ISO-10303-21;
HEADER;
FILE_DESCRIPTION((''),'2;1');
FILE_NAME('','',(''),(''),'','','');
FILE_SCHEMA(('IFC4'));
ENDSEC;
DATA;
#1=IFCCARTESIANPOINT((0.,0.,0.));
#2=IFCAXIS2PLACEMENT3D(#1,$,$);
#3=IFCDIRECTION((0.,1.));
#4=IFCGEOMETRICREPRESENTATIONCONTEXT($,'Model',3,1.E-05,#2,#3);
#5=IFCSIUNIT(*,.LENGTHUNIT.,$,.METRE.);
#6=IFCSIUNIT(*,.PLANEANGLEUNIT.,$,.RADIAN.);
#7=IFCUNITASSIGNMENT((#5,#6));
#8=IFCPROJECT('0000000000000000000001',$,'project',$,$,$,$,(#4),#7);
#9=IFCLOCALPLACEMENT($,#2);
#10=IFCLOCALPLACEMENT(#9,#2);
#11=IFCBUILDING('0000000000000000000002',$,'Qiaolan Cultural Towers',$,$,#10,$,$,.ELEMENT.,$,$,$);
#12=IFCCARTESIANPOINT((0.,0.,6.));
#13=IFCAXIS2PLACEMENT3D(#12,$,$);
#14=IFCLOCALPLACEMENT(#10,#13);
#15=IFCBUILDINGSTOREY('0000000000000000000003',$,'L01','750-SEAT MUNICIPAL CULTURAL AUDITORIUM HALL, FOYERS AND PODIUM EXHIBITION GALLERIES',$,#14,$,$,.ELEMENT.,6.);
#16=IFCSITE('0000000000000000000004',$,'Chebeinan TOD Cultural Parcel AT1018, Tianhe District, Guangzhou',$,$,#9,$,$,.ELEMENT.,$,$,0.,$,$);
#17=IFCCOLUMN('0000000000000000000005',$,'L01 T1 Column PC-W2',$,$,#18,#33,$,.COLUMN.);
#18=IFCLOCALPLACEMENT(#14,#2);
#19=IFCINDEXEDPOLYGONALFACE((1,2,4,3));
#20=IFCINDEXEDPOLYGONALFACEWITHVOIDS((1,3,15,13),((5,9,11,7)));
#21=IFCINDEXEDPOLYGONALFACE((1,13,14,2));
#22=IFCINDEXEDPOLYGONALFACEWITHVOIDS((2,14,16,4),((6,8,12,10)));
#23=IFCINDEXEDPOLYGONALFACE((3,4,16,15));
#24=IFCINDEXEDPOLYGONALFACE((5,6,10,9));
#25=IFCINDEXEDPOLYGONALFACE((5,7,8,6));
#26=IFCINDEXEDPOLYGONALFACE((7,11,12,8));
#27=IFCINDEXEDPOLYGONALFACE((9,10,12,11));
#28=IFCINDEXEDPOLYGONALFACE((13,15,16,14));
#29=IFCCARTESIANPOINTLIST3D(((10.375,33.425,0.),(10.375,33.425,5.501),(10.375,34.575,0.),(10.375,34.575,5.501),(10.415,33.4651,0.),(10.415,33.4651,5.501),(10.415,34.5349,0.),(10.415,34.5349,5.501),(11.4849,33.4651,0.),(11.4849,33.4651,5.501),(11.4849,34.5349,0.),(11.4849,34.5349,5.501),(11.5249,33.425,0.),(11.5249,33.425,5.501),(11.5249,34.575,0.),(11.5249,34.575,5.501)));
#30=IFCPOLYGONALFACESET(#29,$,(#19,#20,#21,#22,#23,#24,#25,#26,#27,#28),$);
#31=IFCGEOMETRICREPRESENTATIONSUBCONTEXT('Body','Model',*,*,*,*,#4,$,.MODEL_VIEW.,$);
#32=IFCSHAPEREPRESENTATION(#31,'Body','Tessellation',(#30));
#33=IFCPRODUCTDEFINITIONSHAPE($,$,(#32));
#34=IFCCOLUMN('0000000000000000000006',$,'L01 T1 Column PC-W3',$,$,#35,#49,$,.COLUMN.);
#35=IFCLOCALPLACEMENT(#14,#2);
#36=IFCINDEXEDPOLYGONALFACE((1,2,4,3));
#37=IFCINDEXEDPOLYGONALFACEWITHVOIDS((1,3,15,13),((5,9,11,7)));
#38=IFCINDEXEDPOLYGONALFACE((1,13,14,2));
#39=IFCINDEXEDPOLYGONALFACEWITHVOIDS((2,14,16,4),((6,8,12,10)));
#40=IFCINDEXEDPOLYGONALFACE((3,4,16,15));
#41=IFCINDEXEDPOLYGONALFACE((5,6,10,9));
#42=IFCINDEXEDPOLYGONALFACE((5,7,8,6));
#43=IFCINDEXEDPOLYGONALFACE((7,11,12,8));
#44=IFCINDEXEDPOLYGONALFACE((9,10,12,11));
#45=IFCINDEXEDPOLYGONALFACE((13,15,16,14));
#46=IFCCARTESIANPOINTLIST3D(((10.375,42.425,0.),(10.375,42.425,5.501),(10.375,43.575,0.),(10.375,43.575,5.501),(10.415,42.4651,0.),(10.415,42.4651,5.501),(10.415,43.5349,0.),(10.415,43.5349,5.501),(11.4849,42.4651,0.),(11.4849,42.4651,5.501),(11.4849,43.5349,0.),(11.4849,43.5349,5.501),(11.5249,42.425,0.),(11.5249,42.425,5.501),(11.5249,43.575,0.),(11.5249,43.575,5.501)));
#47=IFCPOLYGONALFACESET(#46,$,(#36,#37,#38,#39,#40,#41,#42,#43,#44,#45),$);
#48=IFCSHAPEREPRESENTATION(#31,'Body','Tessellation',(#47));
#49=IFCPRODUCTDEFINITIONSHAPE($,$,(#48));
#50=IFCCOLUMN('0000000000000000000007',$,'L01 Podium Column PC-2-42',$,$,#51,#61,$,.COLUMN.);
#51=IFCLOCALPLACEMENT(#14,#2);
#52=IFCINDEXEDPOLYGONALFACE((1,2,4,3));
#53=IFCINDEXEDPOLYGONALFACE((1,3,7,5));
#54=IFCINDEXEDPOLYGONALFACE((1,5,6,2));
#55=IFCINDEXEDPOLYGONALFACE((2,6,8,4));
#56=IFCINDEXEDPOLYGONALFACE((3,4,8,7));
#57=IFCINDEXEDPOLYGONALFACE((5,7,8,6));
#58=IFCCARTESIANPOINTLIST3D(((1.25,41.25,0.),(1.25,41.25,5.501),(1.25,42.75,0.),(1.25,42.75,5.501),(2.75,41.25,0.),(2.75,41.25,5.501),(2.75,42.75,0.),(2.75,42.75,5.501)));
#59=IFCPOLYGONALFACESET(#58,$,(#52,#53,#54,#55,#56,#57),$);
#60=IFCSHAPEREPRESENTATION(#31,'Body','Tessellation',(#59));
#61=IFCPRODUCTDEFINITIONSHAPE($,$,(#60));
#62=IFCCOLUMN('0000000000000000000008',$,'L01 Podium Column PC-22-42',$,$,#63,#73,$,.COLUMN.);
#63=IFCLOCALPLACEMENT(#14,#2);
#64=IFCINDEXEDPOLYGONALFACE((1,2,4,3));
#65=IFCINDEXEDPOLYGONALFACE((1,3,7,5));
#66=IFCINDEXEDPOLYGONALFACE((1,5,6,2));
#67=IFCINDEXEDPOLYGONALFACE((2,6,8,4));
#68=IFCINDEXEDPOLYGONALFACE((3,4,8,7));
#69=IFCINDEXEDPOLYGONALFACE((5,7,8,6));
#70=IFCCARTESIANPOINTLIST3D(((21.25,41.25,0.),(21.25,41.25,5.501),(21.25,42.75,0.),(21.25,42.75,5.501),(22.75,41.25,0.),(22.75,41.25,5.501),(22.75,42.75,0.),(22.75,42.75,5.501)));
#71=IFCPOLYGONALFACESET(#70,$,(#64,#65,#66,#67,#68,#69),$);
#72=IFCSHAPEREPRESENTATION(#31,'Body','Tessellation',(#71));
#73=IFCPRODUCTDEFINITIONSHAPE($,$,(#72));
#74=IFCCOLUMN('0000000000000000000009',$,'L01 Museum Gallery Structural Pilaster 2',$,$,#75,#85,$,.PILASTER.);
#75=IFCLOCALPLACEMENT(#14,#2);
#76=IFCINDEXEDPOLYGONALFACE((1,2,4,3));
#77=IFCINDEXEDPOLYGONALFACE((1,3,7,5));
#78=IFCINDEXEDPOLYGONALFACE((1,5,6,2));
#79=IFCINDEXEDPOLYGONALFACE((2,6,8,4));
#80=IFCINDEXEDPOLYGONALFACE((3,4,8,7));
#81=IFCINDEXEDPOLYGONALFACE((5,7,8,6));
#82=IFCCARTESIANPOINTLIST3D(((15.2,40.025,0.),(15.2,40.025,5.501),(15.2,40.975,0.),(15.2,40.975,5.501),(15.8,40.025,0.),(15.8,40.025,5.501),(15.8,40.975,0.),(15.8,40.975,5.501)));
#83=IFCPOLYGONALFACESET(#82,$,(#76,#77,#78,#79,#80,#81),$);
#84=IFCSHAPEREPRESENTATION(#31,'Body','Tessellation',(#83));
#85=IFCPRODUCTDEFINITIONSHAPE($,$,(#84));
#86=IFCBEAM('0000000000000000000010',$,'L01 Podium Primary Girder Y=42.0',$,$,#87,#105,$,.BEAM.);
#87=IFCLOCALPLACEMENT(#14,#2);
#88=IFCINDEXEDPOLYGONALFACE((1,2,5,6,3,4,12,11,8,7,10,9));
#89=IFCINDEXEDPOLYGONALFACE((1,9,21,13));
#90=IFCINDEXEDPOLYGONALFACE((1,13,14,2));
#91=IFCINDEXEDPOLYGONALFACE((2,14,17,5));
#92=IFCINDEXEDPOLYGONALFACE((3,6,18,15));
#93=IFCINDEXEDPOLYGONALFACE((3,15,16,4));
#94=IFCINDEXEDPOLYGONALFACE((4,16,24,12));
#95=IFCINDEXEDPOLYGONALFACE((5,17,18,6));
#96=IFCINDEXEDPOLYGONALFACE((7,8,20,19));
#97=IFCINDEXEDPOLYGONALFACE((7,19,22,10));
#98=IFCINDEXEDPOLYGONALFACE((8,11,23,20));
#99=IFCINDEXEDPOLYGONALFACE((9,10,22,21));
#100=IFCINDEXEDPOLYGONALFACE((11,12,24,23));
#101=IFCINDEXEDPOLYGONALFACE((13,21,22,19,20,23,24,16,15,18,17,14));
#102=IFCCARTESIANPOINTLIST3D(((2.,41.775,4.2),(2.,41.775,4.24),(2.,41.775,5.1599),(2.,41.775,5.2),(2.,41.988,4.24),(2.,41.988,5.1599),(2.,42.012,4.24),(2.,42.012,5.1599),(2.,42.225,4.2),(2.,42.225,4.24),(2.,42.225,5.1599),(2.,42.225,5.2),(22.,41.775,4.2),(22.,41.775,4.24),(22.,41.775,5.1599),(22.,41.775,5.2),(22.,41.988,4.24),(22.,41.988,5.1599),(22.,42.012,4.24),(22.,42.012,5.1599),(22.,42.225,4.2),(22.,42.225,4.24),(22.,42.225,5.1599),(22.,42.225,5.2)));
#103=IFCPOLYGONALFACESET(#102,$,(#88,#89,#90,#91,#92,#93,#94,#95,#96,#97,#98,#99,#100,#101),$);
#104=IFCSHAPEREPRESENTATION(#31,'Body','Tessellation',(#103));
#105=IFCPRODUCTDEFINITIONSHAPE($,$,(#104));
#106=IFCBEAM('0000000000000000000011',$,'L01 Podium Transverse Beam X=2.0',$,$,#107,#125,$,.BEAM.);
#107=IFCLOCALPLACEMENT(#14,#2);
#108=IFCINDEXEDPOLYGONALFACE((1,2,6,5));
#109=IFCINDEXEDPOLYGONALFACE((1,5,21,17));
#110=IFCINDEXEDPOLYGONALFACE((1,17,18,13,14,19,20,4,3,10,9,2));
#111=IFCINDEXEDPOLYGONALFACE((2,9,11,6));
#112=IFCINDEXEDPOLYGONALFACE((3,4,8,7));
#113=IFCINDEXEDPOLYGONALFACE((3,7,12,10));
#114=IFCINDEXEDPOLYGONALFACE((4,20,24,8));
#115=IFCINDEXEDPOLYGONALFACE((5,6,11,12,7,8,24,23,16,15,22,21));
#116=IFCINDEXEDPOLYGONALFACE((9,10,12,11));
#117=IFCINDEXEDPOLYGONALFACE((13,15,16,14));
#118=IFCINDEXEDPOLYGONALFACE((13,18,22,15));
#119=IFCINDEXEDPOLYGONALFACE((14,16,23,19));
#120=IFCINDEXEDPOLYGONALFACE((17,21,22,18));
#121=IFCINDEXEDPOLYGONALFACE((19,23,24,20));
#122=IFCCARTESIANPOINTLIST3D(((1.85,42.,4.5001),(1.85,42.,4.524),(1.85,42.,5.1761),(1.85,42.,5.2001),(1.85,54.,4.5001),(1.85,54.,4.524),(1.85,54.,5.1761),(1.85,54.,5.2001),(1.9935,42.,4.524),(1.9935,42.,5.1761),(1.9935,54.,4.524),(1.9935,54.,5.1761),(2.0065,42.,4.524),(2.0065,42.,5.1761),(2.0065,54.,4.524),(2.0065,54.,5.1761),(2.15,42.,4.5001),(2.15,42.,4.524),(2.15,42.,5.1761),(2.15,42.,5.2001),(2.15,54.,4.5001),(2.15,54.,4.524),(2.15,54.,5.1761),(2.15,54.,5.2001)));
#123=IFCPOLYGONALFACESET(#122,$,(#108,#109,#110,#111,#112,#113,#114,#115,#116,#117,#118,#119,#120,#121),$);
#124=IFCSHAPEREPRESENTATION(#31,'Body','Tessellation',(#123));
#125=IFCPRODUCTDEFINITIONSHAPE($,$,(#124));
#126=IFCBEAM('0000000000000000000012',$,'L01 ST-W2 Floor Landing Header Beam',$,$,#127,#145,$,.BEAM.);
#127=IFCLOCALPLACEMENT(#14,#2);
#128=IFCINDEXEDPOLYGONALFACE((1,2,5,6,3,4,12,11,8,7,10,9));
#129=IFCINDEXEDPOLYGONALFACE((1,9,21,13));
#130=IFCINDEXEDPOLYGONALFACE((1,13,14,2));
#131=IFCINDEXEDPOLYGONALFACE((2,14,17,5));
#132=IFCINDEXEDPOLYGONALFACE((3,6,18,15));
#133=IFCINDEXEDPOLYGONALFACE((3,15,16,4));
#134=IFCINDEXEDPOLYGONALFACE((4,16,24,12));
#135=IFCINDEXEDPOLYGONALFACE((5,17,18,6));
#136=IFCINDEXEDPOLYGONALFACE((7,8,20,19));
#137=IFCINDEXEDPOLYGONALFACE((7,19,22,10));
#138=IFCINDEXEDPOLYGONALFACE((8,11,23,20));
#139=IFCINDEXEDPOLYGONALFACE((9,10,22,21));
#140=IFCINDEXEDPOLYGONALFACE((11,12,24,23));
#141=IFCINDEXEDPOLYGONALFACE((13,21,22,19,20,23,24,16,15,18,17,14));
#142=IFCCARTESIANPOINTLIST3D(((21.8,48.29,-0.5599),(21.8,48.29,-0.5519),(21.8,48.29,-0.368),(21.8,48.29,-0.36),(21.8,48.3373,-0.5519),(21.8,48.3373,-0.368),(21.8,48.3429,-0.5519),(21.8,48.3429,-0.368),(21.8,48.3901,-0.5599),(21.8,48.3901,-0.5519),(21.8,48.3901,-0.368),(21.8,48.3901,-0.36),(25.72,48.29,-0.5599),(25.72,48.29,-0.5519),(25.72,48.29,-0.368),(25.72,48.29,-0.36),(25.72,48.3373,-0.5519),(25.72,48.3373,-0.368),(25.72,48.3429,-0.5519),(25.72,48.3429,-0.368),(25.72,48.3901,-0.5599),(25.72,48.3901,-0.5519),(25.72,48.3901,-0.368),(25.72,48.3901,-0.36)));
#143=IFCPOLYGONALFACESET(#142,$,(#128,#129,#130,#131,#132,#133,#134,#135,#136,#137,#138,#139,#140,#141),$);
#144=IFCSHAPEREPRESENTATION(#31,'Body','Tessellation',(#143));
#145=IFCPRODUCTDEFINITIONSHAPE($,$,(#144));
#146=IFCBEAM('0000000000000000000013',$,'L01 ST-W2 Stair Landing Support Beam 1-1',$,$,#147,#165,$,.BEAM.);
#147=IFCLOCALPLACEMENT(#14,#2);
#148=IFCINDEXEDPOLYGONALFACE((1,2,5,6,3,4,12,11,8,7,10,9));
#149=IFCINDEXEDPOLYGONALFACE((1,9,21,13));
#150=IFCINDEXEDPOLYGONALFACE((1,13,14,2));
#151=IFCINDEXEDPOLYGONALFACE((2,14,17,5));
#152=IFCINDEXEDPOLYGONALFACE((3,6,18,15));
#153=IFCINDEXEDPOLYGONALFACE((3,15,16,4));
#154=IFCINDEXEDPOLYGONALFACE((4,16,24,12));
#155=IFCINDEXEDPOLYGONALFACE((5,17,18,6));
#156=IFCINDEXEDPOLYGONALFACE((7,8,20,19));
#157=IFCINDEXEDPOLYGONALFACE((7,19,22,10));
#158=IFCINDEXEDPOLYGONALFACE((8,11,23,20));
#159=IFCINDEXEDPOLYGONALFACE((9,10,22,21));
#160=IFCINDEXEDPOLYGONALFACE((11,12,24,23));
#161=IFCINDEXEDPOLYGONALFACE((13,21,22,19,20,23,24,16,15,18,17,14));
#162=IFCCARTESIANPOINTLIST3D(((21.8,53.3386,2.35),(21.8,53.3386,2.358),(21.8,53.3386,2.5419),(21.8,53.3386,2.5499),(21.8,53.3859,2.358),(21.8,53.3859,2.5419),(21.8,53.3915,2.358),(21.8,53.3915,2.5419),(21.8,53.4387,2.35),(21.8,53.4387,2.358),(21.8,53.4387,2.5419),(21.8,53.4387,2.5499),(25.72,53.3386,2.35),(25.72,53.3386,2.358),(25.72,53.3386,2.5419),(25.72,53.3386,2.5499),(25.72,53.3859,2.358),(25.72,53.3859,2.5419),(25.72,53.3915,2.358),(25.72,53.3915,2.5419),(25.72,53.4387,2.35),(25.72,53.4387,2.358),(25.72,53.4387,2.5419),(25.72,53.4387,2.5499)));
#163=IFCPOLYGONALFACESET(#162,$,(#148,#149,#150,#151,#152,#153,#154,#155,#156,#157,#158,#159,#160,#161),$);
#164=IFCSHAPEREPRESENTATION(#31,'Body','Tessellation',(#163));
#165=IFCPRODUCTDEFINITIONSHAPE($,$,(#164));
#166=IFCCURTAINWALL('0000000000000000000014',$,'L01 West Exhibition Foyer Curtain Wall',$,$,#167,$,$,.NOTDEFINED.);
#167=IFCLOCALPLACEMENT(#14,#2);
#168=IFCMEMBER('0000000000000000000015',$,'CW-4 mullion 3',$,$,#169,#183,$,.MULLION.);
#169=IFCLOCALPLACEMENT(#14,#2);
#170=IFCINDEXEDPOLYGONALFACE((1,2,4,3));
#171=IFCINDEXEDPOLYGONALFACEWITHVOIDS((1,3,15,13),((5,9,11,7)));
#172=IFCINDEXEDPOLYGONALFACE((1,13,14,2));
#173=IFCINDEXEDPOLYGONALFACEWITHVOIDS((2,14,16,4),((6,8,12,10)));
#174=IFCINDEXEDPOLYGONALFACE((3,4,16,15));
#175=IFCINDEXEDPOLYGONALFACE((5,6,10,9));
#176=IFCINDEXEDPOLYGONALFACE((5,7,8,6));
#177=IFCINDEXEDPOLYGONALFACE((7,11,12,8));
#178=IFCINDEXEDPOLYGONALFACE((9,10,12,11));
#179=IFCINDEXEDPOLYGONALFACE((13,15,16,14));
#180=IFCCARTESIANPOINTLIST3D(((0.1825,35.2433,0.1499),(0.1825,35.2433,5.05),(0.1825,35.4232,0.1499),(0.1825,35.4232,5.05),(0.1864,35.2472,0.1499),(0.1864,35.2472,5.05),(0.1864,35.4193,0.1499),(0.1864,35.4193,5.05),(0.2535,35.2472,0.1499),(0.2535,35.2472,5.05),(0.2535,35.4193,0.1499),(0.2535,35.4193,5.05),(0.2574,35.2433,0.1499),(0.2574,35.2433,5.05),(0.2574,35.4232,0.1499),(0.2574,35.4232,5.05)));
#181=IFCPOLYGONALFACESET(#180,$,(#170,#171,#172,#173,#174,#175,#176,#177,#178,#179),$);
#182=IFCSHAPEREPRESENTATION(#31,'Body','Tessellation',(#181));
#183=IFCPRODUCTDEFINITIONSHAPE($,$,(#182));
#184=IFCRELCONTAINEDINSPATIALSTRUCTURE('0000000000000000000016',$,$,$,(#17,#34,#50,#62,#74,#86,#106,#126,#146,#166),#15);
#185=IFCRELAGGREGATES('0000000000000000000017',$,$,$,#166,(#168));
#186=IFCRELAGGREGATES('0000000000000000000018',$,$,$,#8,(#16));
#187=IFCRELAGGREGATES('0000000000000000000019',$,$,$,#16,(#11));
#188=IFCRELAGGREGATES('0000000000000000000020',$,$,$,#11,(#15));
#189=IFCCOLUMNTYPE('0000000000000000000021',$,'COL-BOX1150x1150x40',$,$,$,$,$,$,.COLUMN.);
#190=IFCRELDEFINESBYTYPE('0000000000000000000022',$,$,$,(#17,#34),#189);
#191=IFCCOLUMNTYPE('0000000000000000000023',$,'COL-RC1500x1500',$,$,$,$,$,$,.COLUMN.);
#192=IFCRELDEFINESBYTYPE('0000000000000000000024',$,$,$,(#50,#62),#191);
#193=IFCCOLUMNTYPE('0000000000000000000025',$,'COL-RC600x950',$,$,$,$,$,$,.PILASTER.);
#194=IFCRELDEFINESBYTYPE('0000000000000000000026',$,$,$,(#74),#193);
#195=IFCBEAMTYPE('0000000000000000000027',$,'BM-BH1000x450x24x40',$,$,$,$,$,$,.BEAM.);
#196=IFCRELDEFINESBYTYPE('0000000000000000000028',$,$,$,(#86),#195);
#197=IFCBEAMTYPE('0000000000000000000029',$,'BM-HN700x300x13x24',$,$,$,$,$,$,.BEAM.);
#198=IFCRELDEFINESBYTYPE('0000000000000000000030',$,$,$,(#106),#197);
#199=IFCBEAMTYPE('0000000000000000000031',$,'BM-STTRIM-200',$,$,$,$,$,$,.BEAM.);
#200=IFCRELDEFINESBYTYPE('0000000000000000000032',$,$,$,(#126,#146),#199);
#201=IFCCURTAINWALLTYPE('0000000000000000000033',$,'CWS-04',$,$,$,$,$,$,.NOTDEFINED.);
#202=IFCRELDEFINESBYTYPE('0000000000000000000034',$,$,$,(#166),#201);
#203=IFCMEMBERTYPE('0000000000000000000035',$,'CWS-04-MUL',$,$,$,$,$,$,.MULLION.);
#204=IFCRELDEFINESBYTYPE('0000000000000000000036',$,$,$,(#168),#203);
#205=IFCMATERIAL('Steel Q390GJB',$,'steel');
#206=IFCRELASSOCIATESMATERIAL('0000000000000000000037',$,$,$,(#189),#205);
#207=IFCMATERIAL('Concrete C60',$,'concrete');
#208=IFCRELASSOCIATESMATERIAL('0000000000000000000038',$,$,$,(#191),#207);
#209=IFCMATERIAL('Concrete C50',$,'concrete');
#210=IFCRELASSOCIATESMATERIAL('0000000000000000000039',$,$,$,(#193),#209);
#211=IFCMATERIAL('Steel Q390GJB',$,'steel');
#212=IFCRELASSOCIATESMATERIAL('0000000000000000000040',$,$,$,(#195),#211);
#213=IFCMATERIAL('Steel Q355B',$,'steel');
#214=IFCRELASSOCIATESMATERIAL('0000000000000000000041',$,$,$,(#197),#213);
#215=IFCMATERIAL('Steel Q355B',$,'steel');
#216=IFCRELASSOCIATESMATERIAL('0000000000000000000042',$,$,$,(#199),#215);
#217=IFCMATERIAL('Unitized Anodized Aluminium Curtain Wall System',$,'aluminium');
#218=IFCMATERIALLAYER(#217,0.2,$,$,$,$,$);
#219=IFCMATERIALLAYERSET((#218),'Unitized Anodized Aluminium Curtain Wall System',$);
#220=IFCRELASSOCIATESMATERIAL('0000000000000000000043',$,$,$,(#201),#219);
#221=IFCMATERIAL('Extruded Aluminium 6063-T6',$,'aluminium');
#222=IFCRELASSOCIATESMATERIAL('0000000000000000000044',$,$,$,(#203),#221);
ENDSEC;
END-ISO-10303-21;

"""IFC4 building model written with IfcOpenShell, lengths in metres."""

from ifc_helpers import new_model, si_unit, direction, frame, origin, origin_2d, place, context, subcontext, project, spatial, rectangle, hollow_rectangle, i_section, extrude, material, layer, layer_set, material_profile, profile_set, type_object, element, aggregate, save


model = new_model("IFC4")

# Units and contexts
model_context = context("Model", 3, precision=1e-05, world=origin(), true_north=direction((0.0, 1.0)))
body_context = subcontext(model_context, "Body", "Model", "MODEL_VIEW")
ifc_project = project(units=[si_unit("LENGTHUNIT", "METRE"), si_unit("PLANEANGLEUNIT", "RADIAN")], contexts=[model_context])

# Site, building, storey
site_placement = place(None, origin())
site = spatial("IfcSite", under=ifc_project, at=site_placement, Name="Chebeinan TOD Cultural Parcel AT1018, Tianhe District, Guangzhou", CompositionType="ELEMENT", RefElevation=0.0)
building_placement = place(site_placement, origin())
building = spatial("IfcBuilding", under=site, at=building_placement, Name="Qiaolan Cultural Towers", CompositionType="ELEMENT")
storey_placement = place(building_placement, frame((0.0, 0.0, 6.0)))
storey = spatial("IfcBuildingStorey", under=building, at=storey_placement, Name="L01", Description="750-SEAT MUNICIPAL CULTURAL AUDITORIUM HALL, FOYERS AND PODIUM EXHIBITION GALLERIES", CompositionType="ELEMENT", Elevation=6.0)

# Columns
ifc_material_1 = material(Name="Steel Q390GJB", Category="steel")
ifc_material_profile_1 = material_profile(ifc_material_1, hollow_rectangle(XDim=1.1499, YDim=1.1499, WallThickness=0.04, at=origin_2d()), Name="BOX1150x1150x40")
ifc_profile_set_1 = profile_set([ifc_material_profile_1], Name="Steel Q390GJB")
column_type_1 = type_object("IfcColumnType", Name="COL-BOX1150x1150x40", PredefinedType="COLUMN", material=ifc_profile_set_1)
for number, where, z_axis, x_axis, name in (
    (1, (10.95, 34.0, 0.0), (0.0, 0.0, 1.0), (1.0, 0.0, 0.0), "L01 T1 Column PC-W2"),
    (2, (10.95, 43.0, 0.0), (0.0, 0.0, 1.0), (1.0, 0.0, 0.0), "L01 T1 Column PC-W3"),
):
    element("IfcColumn", number, at=place(storey_placement, frame(where, z_axis=z_axis, x_axis=x_axis)), inside=storey, type_object=column_type_1, Name=name, PredefinedType="COLUMN", context=body_context, shape_type="SweptSolid", body=[
        extrude(hollow_rectangle(XDim=1.1499, YDim=1.1499, WallThickness=0.04, at=origin_2d()), origin(), (0.0, 0.0, 1.0), 5.501),
    ])
ifc_material_2 = material(Name="Concrete C60", Category="concrete")
ifc_material_profile_2 = material_profile(ifc_material_2, rectangle(XDim=1.5, YDim=1.5, at=origin_2d()), Name="RC1500x1500")
ifc_profile_set_2 = profile_set([ifc_material_profile_2], Name="Concrete C60")
column_type_2 = type_object("IfcColumnType", Name="COL-RC1500x1500", PredefinedType="COLUMN", material=ifc_profile_set_2)
for number, where, z_axis, x_axis, name in (
    (3, (2.0, 42.0, 0.0), (0.0, 0.0, 1.0), (1.0, 0.0, 0.0), "L01 Podium Column PC-2-42"),
    (4, (22.0, 42.0, 0.0), (0.0, 0.0, 1.0), (1.0, 0.0, 0.0), "L01 Podium Column PC-22-42"),
):
    element("IfcColumn", number, at=place(storey_placement, frame(where, z_axis=z_axis, x_axis=x_axis)), inside=storey, type_object=column_type_2, Name=name, PredefinedType="COLUMN", context=body_context, shape_type="SweptSolid", body=[
        extrude(rectangle(XDim=1.5, YDim=1.5, at=origin_2d()), origin(), (0.0, 0.0, 1.0), 5.501),
    ])
ifc_material_3 = material(Name="Concrete C50", Category="concrete")
ifc_material_profile_3 = material_profile(ifc_material_3, rectangle(XDim=0.6001, YDim=0.95, at=origin_2d()), Name="RC600x950")
ifc_profile_set_3 = profile_set([ifc_material_profile_3], Name="Concrete C50")
column_type_3 = type_object("IfcColumnType", Name="COL-RC600x950", PredefinedType="PILASTER", material=ifc_profile_set_3)
column_placement = place(storey_placement, frame((15.5, 40.5, 0.0), z_axis=(0.0, 0.0, 1.0), x_axis=(1.0, 0.0, 0.0)))
element("IfcColumn", 5, at=column_placement, inside=storey, type_object=column_type_3, Name="L01 Museum Gallery Structural Pilaster 2", PredefinedType="PILASTER", context=body_context, shape_type="SweptSolid", body=[
    extrude(rectangle(XDim=0.6001, YDim=0.95, at=origin_2d()), origin(), (0.0, 0.0, 1.0), 5.501),
])

# Beams
ifc_material_4 = material(Name="Steel Q390GJB", Category="steel")
ifc_material_profile_4 = material_profile(ifc_material_4, i_section(OverallWidth=0.45, OverallDepth=1.0, WebThickness=0.0239, FlangeThickness=0.04, at=origin_2d()), Name="BH1000x450x24x40")
ifc_profile_set_4 = profile_set([ifc_material_profile_4], Name="Steel Q390GJB")
beam_type_1 = type_object("IfcBeamType", Name="BM-BH1000x450x24x40", PredefinedType="BEAM", material=ifc_profile_set_4)
beam_1_placement = place(storey_placement, frame((2.0, 42.0, 4.7), z_axis=(1.0, 0.0, 0.0), x_axis=(0.0, 1.0, 0.0)))
element("IfcBeam", 6, at=beam_1_placement, inside=storey, type_object=beam_type_1, Name="L01 Podium Primary Girder Y=42.0", PredefinedType="BEAM", context=body_context, shape_type="SweptSolid", body=[
    extrude(i_section(OverallWidth=0.45, OverallDepth=1.0, WebThickness=0.0239, FlangeThickness=0.04, at=origin_2d()), origin(), (0.0, 0.0, 1.0), 20.0),
])
ifc_material_5 = material(Name="Steel Q355B", Category="steel")
ifc_material_profile_5 = material_profile(ifc_material_5, i_section(OverallWidth=0.3, OverallDepth=0.7, WebThickness=0.0129, FlangeThickness=0.0239, at=origin_2d()), Name="HN700x300x13x24")
ifc_profile_set_5 = profile_set([ifc_material_profile_5], Name="Steel Q355B")
beam_type_2 = type_object("IfcBeamType", Name="BM-HN700x300x13x24", PredefinedType="BEAM", material=ifc_profile_set_5)
beam_2_placement = place(storey_placement, frame((2.0, 42.0, 4.8501), z_axis=(0.0, 1.0, 0.0), x_axis=(-1.0, 0.0, 0.0)))
element("IfcBeam", 7, at=beam_2_placement, inside=storey, type_object=beam_type_2, Name="L01 Podium Transverse Beam X=2.0", PredefinedType="BEAM", context=body_context, shape_type="SweptSolid", body=[
    extrude(i_section(OverallWidth=0.3, OverallDepth=0.7, WebThickness=0.0129, FlangeThickness=0.0239, at=origin_2d()), origin(), (0.0, 0.0, 1.0), 12.0),
])
ifc_material_6 = material(Name="Steel Q355B", Category="steel")
ifc_material_profile_6 = material_profile(ifc_material_6, i_section(OverallWidth=0.1001, OverallDepth=0.2, WebThickness=0.0056, FlangeThickness=0.0081, at=origin_2d()), Name="HN200x100x5.5x8")
ifc_profile_set_6 = profile_set([ifc_material_profile_6], Name="Steel Q355B")
beam_type_3 = type_object("IfcBeamType", Name="BM-STTRIM-200", PredefinedType="BEAM", material=ifc_profile_set_6)
for number, where, z_axis, x_axis, name in (
    (8, (21.8, 48.3401, -0.46), (1.0, 0.0, 0.0), (0.0, 1.0, 0.0), "L01 ST-W2 Floor Landing Header Beam"),
    (9, (21.8, 53.3887, 2.45), (1.0, 0.0, 0.0), (0.0, 1.0, 0.0), "L01 ST-W2 Stair Landing Support Beam 1-1"),
):
    element("IfcBeam", number, at=place(storey_placement, frame(where, z_axis=z_axis, x_axis=x_axis)), inside=storey, type_object=beam_type_3, Name=name, PredefinedType="BEAM", context=body_context, shape_type="SweptSolid", body=[
        extrude(i_section(OverallWidth=0.1001, OverallDepth=0.2, WebThickness=0.0056, FlangeThickness=0.0081, at=origin_2d()), origin(), (0.0, 0.0, 1.0), 3.9199),
    ])

# Curtain wall, member
ifc_material_7 = material(Name="Unitized Anodized Aluminium Curtain Wall System", Category="aluminium")
ifc_layer_1 = layer(ifc_material_7, 0.2)
ifc_layer_set_1 = layer_set([ifc_layer_1], Name="Unitized Anodized Aluminium Curtain Wall System")
curtain_wall_type = type_object("IfcCurtainWallType", Name="CWS-04", PredefinedType="NOTDEFINED", material=ifc_layer_set_1)
curtain_wall_placement = place(storey_placement, origin())
curtain_wall = element("IfcCurtainWall", 10, at=curtain_wall_placement, inside=storey, type_object=curtain_wall_type, Name="L01 West Exhibition Foyer Curtain Wall", PredefinedType="NOTDEFINED")
ifc_material_8 = material(Name="Extruded Aluminium 6063-T6", Category="aluminium")
ifc_material_profile_7 = material_profile(ifc_material_8, hollow_rectangle(XDim=0.075, YDim=0.1799, WallThickness=0.0039, at=origin_2d()), Name="CWM-180x75x4")
ifc_profile_set_7 = profile_set([ifc_material_profile_7], Name="Extruded Aluminium 6063-T6")
member_type_1 = type_object("IfcMemberType", Name="CWS-04-MUL", PredefinedType="MULLION", material=ifc_profile_set_7)
member_1_placement = place(storey_placement, frame((0.22, 35.3333, 0.1499), z_axis=(0.0, 0.0, 1.0), x_axis=(-1.0, 0.0, 0.0)))
member_1 = element("IfcMember", 11, at=member_1_placement, type_object=member_type_1, Name="CW-4 mullion 3", PredefinedType="MULLION", context=body_context, shape_type="SweptSolid", body=[
    extrude(hollow_rectangle(XDim=0.075, YDim=0.1799, WallThickness=0.0039, at=origin_2d()), origin(), (0.0, 0.0, 1.0), 4.9001),
])
aggregate(curtain_wall, [member_1])

save(model, "model.ifc")
